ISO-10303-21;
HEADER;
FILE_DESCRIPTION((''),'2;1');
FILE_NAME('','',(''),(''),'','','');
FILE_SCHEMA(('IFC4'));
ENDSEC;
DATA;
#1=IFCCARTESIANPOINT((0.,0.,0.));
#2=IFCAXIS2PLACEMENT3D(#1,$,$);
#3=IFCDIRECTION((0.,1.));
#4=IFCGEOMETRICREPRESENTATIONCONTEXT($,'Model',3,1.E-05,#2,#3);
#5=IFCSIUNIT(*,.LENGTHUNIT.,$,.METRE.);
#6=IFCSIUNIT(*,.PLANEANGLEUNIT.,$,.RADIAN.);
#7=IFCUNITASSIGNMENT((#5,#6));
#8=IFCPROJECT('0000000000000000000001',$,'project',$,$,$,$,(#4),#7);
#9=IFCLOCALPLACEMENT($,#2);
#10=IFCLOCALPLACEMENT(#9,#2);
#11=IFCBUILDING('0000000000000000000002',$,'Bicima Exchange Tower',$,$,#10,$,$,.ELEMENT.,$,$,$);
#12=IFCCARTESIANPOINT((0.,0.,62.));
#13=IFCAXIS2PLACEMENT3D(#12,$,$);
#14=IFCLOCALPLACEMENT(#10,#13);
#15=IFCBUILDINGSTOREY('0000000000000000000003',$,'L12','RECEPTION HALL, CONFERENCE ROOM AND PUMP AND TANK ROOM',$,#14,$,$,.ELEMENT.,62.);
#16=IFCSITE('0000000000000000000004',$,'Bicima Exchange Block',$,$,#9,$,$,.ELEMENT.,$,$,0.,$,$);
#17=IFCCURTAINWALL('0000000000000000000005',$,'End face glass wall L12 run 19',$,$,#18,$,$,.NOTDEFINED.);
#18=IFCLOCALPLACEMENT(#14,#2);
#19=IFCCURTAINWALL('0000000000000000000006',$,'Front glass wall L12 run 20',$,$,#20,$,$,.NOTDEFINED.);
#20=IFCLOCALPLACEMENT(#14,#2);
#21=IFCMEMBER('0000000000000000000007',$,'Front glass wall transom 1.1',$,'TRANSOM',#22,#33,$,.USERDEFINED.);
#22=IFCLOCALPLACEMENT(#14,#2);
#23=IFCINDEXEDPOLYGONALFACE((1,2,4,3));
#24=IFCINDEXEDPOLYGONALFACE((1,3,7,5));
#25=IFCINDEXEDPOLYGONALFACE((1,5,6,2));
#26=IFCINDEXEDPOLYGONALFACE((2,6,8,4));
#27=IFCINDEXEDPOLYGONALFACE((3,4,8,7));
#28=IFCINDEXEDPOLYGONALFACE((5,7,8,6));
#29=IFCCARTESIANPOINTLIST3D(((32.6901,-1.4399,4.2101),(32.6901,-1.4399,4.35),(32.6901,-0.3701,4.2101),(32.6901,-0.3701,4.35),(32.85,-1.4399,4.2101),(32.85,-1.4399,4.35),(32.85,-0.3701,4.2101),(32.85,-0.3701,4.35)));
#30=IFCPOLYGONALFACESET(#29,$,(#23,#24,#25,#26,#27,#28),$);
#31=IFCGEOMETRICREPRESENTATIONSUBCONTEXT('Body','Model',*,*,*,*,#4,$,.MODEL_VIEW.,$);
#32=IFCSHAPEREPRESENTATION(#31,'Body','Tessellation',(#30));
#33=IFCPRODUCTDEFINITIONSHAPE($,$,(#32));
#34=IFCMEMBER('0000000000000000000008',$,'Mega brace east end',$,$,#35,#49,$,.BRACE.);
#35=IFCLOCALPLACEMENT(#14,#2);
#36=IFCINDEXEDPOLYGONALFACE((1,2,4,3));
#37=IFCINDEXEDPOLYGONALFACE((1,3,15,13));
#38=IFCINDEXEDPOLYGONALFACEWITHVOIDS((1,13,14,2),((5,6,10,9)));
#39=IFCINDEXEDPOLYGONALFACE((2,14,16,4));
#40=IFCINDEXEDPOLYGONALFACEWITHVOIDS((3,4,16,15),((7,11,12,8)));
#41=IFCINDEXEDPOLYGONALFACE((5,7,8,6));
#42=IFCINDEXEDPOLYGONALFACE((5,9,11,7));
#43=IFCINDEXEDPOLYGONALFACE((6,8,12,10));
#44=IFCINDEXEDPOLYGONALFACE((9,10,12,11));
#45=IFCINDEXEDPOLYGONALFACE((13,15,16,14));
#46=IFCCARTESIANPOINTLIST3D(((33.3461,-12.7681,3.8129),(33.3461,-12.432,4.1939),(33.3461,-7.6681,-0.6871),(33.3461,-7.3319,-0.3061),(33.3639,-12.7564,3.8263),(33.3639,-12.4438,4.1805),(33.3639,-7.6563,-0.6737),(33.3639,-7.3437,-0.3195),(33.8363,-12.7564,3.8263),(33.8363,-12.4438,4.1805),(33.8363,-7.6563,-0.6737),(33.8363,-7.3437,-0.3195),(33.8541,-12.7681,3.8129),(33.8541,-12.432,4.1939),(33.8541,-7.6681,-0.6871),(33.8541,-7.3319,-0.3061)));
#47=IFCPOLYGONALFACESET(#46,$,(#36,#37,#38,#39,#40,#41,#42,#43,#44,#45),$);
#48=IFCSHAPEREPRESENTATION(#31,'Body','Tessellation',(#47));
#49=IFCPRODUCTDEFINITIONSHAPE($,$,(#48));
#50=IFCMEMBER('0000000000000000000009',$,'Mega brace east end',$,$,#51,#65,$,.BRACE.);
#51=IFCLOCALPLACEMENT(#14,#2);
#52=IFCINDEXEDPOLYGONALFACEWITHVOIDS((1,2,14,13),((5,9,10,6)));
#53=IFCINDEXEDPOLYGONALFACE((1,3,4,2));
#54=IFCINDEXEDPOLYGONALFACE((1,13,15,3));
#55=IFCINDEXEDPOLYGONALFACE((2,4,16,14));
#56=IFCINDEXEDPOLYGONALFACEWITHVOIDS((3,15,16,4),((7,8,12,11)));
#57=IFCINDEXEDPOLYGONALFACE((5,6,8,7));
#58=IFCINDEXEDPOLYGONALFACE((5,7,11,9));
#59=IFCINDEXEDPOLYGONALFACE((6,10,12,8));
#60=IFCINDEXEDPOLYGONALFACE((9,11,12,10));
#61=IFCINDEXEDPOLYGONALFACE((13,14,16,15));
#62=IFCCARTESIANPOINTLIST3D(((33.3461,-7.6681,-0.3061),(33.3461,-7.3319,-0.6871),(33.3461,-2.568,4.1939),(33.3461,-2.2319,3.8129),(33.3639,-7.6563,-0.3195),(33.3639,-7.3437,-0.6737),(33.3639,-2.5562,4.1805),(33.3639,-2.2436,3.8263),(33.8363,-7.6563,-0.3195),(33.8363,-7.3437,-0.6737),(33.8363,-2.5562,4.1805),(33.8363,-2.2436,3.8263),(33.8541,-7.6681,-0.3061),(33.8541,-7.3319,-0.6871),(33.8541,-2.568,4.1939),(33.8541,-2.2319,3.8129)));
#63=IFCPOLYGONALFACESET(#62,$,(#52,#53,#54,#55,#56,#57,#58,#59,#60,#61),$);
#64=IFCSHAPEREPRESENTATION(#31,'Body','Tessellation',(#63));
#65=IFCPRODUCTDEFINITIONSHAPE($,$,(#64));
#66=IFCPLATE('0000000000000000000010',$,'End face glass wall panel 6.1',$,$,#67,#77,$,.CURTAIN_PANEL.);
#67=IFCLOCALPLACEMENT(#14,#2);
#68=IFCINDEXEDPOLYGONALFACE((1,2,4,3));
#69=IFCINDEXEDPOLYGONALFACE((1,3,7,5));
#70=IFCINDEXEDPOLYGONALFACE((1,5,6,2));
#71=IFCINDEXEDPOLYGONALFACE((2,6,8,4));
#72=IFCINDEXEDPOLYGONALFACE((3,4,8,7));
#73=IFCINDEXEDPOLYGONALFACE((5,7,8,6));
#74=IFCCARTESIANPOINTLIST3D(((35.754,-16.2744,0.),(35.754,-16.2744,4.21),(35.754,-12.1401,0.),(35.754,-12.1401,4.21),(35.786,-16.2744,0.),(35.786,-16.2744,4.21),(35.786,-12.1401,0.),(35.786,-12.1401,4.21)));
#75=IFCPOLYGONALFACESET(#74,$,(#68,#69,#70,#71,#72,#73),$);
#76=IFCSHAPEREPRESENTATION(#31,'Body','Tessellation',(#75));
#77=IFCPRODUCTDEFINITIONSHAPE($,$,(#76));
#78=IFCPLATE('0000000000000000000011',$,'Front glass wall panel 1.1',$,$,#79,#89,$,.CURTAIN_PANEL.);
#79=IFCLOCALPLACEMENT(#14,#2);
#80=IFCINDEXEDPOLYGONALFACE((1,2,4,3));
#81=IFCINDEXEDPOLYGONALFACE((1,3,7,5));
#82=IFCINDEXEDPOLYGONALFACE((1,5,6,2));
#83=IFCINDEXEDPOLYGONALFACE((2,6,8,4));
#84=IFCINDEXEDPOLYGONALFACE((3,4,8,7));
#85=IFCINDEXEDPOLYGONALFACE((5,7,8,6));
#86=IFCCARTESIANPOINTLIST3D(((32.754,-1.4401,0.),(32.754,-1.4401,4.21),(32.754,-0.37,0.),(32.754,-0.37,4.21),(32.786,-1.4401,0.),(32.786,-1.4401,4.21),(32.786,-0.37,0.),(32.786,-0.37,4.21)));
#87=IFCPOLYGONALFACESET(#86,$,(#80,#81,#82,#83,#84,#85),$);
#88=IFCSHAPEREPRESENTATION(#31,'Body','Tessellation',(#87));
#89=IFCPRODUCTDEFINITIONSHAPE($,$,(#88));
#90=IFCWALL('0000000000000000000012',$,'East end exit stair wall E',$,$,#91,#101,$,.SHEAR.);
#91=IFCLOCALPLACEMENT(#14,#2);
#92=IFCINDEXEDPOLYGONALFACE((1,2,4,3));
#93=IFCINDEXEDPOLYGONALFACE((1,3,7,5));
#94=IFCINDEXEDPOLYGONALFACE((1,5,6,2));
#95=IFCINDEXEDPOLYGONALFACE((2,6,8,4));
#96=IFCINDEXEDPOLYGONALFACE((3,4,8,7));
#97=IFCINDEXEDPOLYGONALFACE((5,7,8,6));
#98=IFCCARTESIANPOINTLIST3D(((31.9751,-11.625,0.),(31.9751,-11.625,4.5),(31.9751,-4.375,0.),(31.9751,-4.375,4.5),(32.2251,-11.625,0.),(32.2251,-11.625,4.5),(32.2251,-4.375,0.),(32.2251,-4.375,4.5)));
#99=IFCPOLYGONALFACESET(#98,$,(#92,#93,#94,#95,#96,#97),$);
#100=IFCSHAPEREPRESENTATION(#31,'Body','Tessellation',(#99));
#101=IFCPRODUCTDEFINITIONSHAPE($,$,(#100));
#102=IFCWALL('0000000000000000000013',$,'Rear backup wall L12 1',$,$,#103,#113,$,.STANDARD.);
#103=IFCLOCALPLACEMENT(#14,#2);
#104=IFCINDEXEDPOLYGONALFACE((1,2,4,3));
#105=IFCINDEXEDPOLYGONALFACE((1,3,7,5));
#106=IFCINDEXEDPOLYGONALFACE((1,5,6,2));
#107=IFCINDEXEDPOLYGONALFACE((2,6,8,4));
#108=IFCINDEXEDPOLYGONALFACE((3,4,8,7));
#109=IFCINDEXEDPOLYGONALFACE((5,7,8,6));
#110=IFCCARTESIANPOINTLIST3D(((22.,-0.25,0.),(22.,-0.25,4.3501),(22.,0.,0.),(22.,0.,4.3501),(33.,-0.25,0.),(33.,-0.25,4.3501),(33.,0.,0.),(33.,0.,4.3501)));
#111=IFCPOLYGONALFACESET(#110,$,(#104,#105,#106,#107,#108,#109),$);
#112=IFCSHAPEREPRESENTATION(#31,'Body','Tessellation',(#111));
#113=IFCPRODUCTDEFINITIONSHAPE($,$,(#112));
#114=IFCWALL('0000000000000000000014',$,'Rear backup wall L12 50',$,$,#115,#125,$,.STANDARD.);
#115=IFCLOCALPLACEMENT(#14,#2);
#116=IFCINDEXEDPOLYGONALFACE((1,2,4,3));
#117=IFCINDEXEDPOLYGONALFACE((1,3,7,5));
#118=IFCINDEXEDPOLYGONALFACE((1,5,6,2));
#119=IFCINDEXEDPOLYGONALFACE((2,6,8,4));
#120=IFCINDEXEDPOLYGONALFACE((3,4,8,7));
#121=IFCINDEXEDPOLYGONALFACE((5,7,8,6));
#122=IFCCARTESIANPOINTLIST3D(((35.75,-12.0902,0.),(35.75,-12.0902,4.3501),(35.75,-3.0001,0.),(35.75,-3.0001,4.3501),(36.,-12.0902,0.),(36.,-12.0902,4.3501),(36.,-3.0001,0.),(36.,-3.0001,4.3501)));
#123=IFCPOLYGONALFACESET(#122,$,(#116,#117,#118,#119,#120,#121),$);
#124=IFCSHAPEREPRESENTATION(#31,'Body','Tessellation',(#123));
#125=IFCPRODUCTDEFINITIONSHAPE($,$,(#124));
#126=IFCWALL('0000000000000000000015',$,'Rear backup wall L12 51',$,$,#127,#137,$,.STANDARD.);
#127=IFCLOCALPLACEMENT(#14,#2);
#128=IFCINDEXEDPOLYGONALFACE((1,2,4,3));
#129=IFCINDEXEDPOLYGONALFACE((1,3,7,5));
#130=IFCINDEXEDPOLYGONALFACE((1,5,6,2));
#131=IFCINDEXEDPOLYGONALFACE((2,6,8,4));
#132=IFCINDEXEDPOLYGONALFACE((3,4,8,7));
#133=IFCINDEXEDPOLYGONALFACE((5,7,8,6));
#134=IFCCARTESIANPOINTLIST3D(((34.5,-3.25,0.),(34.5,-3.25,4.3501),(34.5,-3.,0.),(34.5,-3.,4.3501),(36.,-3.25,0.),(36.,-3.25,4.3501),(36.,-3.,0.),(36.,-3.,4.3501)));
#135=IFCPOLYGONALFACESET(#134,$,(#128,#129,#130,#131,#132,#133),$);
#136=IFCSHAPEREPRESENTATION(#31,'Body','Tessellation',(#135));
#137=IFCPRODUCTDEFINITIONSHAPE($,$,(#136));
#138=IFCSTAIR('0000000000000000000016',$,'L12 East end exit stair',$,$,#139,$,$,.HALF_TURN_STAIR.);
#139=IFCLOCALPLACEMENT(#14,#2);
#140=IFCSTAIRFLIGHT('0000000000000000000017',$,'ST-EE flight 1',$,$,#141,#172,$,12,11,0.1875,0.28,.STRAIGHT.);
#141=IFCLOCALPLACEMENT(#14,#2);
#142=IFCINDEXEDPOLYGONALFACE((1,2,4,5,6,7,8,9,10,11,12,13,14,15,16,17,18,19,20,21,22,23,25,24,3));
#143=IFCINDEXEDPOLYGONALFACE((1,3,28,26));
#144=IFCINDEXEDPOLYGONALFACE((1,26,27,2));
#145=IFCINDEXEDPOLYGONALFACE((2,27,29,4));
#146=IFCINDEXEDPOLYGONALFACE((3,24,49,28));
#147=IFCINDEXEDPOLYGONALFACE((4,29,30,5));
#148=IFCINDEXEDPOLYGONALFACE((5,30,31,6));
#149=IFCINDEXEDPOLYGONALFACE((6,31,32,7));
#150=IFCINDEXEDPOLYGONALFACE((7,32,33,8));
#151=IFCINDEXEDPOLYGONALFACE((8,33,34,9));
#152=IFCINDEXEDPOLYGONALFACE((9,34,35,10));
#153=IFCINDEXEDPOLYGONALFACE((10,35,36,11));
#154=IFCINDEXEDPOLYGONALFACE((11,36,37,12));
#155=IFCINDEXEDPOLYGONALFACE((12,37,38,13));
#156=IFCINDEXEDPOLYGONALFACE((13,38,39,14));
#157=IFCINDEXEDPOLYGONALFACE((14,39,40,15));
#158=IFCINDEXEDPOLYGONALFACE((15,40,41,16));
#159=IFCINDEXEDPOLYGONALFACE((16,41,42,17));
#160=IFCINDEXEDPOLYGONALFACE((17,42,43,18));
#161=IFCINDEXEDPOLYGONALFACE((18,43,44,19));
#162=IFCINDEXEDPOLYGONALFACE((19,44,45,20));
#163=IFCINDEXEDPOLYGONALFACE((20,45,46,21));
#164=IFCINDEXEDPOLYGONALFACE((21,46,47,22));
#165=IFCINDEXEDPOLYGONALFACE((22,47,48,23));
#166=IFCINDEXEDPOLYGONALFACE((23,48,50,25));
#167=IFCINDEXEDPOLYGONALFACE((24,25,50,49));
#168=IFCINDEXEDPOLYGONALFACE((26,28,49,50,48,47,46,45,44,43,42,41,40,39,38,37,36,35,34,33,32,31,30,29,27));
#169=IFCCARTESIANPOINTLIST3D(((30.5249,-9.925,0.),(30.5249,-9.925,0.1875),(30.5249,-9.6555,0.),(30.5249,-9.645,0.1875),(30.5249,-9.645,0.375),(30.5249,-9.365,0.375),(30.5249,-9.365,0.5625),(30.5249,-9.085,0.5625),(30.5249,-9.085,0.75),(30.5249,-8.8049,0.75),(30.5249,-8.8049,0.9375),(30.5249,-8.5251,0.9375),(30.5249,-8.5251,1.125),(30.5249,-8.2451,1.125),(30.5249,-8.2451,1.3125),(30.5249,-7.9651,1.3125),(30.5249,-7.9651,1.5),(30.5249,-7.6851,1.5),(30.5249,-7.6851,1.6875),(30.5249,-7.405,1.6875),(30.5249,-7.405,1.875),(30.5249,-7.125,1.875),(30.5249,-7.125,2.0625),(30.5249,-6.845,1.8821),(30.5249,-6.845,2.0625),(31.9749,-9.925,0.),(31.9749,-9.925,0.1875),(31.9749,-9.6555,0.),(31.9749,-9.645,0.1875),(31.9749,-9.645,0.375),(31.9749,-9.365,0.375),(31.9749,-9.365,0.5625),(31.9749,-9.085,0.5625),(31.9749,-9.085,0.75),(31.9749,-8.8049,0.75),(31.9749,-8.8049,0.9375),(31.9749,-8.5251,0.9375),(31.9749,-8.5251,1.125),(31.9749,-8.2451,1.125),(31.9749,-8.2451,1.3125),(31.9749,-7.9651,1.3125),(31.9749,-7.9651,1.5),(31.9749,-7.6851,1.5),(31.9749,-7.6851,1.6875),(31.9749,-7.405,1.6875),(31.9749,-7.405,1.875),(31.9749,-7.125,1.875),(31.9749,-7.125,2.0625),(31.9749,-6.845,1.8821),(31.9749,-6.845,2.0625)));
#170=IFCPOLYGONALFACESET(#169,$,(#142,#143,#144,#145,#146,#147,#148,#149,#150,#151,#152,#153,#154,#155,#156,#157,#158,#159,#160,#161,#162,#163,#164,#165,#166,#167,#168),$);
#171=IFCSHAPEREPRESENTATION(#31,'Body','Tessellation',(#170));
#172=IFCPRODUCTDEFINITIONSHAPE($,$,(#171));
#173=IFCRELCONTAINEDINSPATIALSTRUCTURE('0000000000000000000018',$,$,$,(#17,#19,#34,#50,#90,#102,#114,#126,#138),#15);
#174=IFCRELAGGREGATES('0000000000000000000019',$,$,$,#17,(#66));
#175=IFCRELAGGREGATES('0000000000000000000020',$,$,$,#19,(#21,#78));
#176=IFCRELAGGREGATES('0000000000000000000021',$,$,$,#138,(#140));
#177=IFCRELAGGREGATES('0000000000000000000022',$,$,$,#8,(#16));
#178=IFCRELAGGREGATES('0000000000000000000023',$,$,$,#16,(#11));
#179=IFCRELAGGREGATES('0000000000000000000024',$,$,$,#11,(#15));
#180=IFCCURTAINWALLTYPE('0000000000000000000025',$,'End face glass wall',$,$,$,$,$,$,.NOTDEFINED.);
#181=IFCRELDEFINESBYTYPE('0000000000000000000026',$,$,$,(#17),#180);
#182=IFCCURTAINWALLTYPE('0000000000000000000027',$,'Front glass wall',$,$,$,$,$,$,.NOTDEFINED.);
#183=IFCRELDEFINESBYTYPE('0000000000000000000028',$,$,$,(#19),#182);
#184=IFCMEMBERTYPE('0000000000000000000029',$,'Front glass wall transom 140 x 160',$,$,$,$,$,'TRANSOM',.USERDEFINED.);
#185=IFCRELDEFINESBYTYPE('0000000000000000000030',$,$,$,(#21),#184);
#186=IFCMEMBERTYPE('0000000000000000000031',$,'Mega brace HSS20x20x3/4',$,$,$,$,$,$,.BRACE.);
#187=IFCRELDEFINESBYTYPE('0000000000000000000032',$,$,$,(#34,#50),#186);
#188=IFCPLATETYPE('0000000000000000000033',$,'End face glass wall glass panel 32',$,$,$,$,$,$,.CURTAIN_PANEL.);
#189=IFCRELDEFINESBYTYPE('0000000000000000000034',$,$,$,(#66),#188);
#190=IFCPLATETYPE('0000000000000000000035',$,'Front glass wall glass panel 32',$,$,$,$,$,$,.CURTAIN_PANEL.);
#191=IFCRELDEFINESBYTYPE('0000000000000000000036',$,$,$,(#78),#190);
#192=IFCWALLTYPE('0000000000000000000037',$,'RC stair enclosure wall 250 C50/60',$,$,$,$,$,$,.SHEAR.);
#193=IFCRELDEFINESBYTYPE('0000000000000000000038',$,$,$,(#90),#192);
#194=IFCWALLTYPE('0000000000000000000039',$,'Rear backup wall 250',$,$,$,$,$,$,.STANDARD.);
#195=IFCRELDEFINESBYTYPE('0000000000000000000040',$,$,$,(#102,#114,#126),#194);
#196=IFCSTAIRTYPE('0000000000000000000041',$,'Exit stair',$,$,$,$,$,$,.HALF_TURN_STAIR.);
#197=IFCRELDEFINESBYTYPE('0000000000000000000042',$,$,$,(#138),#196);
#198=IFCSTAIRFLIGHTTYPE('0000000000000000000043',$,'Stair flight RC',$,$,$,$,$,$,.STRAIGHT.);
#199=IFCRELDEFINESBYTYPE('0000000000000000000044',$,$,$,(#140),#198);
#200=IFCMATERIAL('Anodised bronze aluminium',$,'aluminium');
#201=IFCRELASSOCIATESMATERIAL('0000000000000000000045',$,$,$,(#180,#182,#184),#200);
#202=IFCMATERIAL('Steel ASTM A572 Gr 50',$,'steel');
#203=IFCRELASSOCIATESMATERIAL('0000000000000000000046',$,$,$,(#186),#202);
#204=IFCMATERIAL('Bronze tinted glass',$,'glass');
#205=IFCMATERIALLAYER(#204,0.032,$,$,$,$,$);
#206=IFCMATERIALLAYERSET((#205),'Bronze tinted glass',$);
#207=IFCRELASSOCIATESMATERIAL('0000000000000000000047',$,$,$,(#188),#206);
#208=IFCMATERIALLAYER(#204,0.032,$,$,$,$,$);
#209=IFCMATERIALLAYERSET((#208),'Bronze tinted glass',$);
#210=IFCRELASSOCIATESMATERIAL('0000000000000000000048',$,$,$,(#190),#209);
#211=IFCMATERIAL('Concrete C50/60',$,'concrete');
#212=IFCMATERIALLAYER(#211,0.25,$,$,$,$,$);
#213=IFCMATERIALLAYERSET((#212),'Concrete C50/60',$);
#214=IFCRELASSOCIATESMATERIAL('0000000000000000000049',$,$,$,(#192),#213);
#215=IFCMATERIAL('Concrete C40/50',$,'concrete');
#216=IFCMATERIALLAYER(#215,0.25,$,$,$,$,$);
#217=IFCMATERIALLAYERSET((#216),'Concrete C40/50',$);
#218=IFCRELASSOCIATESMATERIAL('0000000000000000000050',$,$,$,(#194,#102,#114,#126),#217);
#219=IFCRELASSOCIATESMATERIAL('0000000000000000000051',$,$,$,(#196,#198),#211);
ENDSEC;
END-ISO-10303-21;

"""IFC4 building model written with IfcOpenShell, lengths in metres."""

from ifc_helpers import new_model, si_unit, direction, frame, frame_2d, origin, origin_2d, place, context, subcontext, project, spatial, polyline, rectangle, hollow_rectangle, outline, extrude, material, layer, layer_set, layer_usage, material_profile, profile_set, type_object, element, aggregate, save


model = new_model("IFC4")

# Units and contexts
model_context = context("Model", 3, precision=1e-05, world=origin(), true_north=direction((0.0, 1.0)))
body_context = subcontext(model_context, "Body", "Model", "MODEL_VIEW")
ifc_project = project(units=[si_unit("LENGTHUNIT", "METRE"), si_unit("PLANEANGLEUNIT", "RADIAN")], contexts=[model_context])

# Site, building, storey
site_placement = place(None, origin())
site = spatial("IfcSite", under=ifc_project, at=site_placement, Name="Bicima Exchange Block", CompositionType="ELEMENT", RefElevation=0.0)
building_placement = place(site_placement, origin())
building = spatial("IfcBuilding", under=site, at=building_placement, Name="Bicima Exchange Tower", CompositionType="ELEMENT")
storey_placement = place(building_placement, frame((0.0, 0.0, 62.0)))
storey = spatial("IfcBuildingStorey", under=building, at=storey_placement, Name="L12", Description="RECEPTION HALL, CONFERENCE ROOM AND PUMP AND TANK ROOM", CompositionType="ELEMENT", Elevation=62.0)

# Shared definitions
ifc_material_1 = material(Name="Steel ASTM A572 Gr 50", Category="steel")

# Curtain wall
ifc_material_2 = material(Name="Anodised bronze aluminium", Category="aluminium")
curtain_wall_type_1 = type_object("IfcCurtainWallType", Name="End face glass wall", PredefinedType="NOTDEFINED", material=ifc_material_2)
curtain_wall_1_placement = place(storey_placement, origin())
curtain_wall_1 = element("IfcCurtainWall", 1, at=curtain_wall_1_placement, inside=storey, type_object=curtain_wall_type_1, Name="End face glass wall L12 run 19", PredefinedType="NOTDEFINED")
ifc_material_profile_1 = material_profile(ifc_material_2, rectangle(XDim=0.1599, YDim=0.1399, at=origin_2d()))
ifc_profile_set_1 = profile_set([ifc_material_profile_1], Name="Anodised bronze aluminium")

# Curtain wall, member
curtain_wall_type_2 = type_object("IfcCurtainWallType", Name="Front glass wall", PredefinedType="NOTDEFINED", material=ifc_material_2)
curtain_wall_2_placement = place(storey_placement, origin())
curtain_wall_2 = element("IfcCurtainWall", 2, at=curtain_wall_2_placement, inside=storey, type_object=curtain_wall_type_2, Name="Front glass wall L12 run 20", PredefinedType="NOTDEFINED")
member_type_1 = type_object("IfcMemberType", Name="Front glass wall transom 140 x 160", ElementType="TRANSOM", PredefinedType="USERDEFINED", material=ifc_profile_set_1)
member_1_placement = place(storey_placement, frame((32.77, -1.4399, 4.28), z_axis=(0.0, 1.0, 0.0), x_axis=(-1.0, 0.0, 0.0)))
member_1 = element("IfcMember", 3, at=member_1_placement, type_object=member_type_1, Name="Front glass wall transom 1.1", ObjectType="TRANSOM", PredefinedType="USERDEFINED", context=body_context, shape_type="SweptSolid", body=[
    extrude(rectangle(XDim=0.1599, YDim=0.1399, at=origin_2d()), origin(), (0.0, 0.0, 1.0), 1.0698),
])

# Members
ifc_material_profile_2 = material_profile(ifc_material_1, hollow_rectangle(XDim=0.5081, YDim=0.5081, WallThickness=0.0178, at=origin_2d()))
ifc_profile_set_2 = profile_set([ifc_material_profile_2], Name="Steel ASTM A572 Gr 50")
member_type_2 = type_object("IfcMemberType", Name="Mega brace HSS20x20x3/4", PredefinedType="BRACE", material=ifc_profile_set_2)
for number, where, z_axis, x_axis, name in (
    (4, (33.6001, -7.5, -0.4966), (0.0, -0.749844, 0.661615), (1.0, 0.0, 0.0), "Mega brace east end"),
    (5, (33.6001, -7.5, -0.4966), (0.0, 0.749844, 0.661615), (-1.0, 0.0, 0.0), "Mega brace east end"),
):
    element("IfcMember", number, at=place(storey_placement, frame(where, z_axis=z_axis, x_axis=x_axis)), inside=storey, type_object=member_type_2, Name=name, PredefinedType="BRACE", context=body_context, shape_type="SweptSolid", body=[
        extrude(hollow_rectangle(XDim=0.5081, YDim=0.5081, WallThickness=0.0178, at=origin_2d()), origin(), (0.0, 0.0, 1.0), 6.8015),
    ])

# Plates
ifc_material_3 = material(Name="Bronze tinted glass", Category="glass")
ifc_layer_1 = layer(ifc_material_3, 0.032)
ifc_layer_set_1 = layer_set([ifc_layer_1], Name="Bronze tinted glass")
plate_type_1 = type_object("IfcPlateType", Name="End face glass wall glass panel 32", PredefinedType="CURTAIN_PANEL", material=ifc_layer_set_1)
plate_1_placement = place(storey_placement, frame((35.77, -14.2073, 0.0), z_axis=(0.0, 0.0, 1.0), x_axis=(0.0, 1.0, 0.0)))
plate_1 = element("IfcPlate", 6, at=plate_1_placement, type_object=plate_type_1, Name="End face glass wall panel 6.1", PredefinedType="CURTAIN_PANEL", context=body_context, shape_type="SweptSolid", body=[
    extrude(rectangle(XDim=4.1343, YDim=0.032, at=origin_2d()), origin(), (0.0, 0.0, 1.0), 4.21),
])
aggregate(curtain_wall_1, [plate_1])
ifc_layer_2 = layer(ifc_material_3, 0.032)
ifc_layer_set_2 = layer_set([ifc_layer_2], Name="Bronze tinted glass")
plate_type_2 = type_object("IfcPlateType", Name="Front glass wall glass panel 32", PredefinedType="CURTAIN_PANEL", material=ifc_layer_set_2)
plate_2_placement = place(storey_placement, frame((32.77, -0.905, 0.0), z_axis=(0.0, 0.0, 1.0), x_axis=(0.0, 1.0, 0.0)))
plate_2 = element("IfcPlate", 7, at=plate_2_placement, type_object=plate_type_2, Name="Front glass wall panel 1.1", PredefinedType="CURTAIN_PANEL", context=body_context, shape_type="SweptSolid", body=[
    extrude(rectangle(XDim=1.0701, YDim=0.032, at=origin_2d()), origin(), (0.0, 0.0, 1.0), 4.21),
])
aggregate(curtain_wall_2, [member_1, plate_2])

# Walls
ifc_material_4 = material(Name="Concrete C50/60", Category="concrete")
ifc_layer_3 = layer(ifc_material_4, 0.25)
ifc_layer_set_3 = layer_set([ifc_layer_3], Name="Concrete C50/60")
wall_type_1 = type_object("IfcWallType", Name="RC stair enclosure wall 250 C50/60", PredefinedType="SHEAR", material=ifc_layer_set_3)
wall_1_placement = place(storey_placement, frame((32.1001, -11.625, 0.0), z_axis=(0.0, 0.0, 1.0), x_axis=(0.0, 1.0, 0.0)))
element("IfcWall", 8, at=wall_1_placement, inside=storey, type_object=wall_type_1, Name="East end exit stair wall E", PredefinedType="SHEAR", context=body_context, shape_type="SweptSolid", body=[
    extrude(rectangle(XDim=7.25, YDim=0.25, at=frame_2d((3.625, 0.0))), origin(), (0.0, 0.0, 1.0), 4.5),
])
ifc_material_5 = material(Name="Concrete C40/50", Category="concrete")
ifc_layer_4 = layer(ifc_material_5, 0.25)
ifc_layer_set_4 = layer_set([ifc_layer_4], Name="Concrete C40/50")
ifc_layer_usage = layer_usage(ifc_layer_set_4, "AXIS2", "POSITIVE", -0.125)
wall_type_2 = type_object("IfcWallType", Name="Rear backup wall 250", PredefinedType="STANDARD", material=ifc_layer_set_4)
wall_2_placement = place(storey_placement, frame((33.0, -0.125, 0.0), z_axis=(0.0, 0.0, 1.0), x_axis=(-1.0, 0.0, 0.0)))
element("IfcWall", 9, at=wall_2_placement, inside=storey, type_object=wall_type_2, material=ifc_layer_usage, Name="Rear backup wall L12 1", PredefinedType="STANDARD", context=body_context, shape_type="SweptSolid", body=[
    extrude(rectangle(XDim=11.0, YDim=0.25, at=frame_2d((5.5, 0.0))), origin(), (0.0, 0.0, 1.0), 4.3501),
])
wall_3_placement = place(storey_placement, frame((35.875, -12.0901, 0.0), z_axis=(0.0, 0.0, 1.0), x_axis=(0.0, 1.0, 0.0)))
element("IfcWall", 10, at=wall_3_placement, inside=storey, type_object=wall_type_2, material=ifc_layer_usage, Name="Rear backup wall L12 50", PredefinedType="STANDARD", context=body_context, shape_type="SweptSolid", body=[
    extrude(rectangle(XDim=9.0901, YDim=0.25, at=frame_2d((4.5449, 0.0))), origin(), (0.0, 0.0, 1.0), 4.3501),
])
wall_4_placement = place(storey_placement, frame((36.0, -3.125, 0.0), z_axis=(0.0, 0.0, 1.0), x_axis=(-1.0, 0.0, 0.0)))
element("IfcWall", 11, at=wall_4_placement, inside=storey, type_object=wall_type_2, material=ifc_layer_usage, Name="Rear backup wall L12 51", PredefinedType="STANDARD", context=body_context, shape_type="SweptSolid", body=[
    extrude(rectangle(XDim=1.5, YDim=0.25, at=frame_2d((0.75, 0.0))), origin(), (0.0, 0.0, 1.0), 4.3501),
])

# Stair, stair flight
stair_type = type_object("IfcStairType", Name="Exit stair", PredefinedType="HALF_TURN_STAIR", material=ifc_material_4)
stair_placement = place(storey_placement, origin())
stair = element("IfcStair", 12, at=stair_placement, inside=storey, type_object=stair_type, Name="L12 East end exit stair", PredefinedType="HALF_TURN_STAIR")
stair_flight_type = type_object("IfcStairFlightType", Name="Stair flight RC", PredefinedType="STRAIGHT", material=ifc_material_4)
stair_flight_1_placement = place(storey_placement, frame((31.25, -9.925, 0.0), z_axis=(0.0, 0.0, 1.0), x_axis=(0.0, 1.0, 0.0)))
stair_flight_1 = element("IfcStairFlight", 13, at=stair_flight_1_placement, type_object=stair_flight_type, Name="ST-EE flight 1", NumberOfRisers=12, NumberOfTreads=11, PredefinedType="STRAIGHT", RiserHeight=0.1875, TreadLength=0.28, context=body_context, shape_type="SweptSolid", body=[
    extrude(outline(polyline([(0.0, 0.0), (0.0, 0.1875), (0.28, 0.1875), (0.28, 0.375), (0.5601, 0.375), (0.5601, 0.5625), (0.8401, 0.5625), (0.8401, 0.75), (1.1201, 0.75), (1.1201, 0.9375), (1.3999, 0.9375), (1.3999, 1.125), (1.6799, 1.125), (1.6799, 1.3125), (1.96, 1.3125), (1.96, 1.5), (2.24, 1.5), (2.24, 1.6875), (2.52, 1.6875), (2.52, 1.875), (2.8, 1.875), (2.8, 2.0625), (3.0801, 2.0625), (3.0801, 2.25), (3.0801, 1.8821), (0.2695, 0.0), (0.0, 0.0)])), frame((0.0, 0.7251, 0.0), z_axis=(0.0, -1.0, 0.0), x_axis=(1.0, 0.0, 0.0)), (0.0, 0.0, 1.0), 1.45),
])
aggregate(stair, [stair_flight_1])

save(model, "model.ifc")
